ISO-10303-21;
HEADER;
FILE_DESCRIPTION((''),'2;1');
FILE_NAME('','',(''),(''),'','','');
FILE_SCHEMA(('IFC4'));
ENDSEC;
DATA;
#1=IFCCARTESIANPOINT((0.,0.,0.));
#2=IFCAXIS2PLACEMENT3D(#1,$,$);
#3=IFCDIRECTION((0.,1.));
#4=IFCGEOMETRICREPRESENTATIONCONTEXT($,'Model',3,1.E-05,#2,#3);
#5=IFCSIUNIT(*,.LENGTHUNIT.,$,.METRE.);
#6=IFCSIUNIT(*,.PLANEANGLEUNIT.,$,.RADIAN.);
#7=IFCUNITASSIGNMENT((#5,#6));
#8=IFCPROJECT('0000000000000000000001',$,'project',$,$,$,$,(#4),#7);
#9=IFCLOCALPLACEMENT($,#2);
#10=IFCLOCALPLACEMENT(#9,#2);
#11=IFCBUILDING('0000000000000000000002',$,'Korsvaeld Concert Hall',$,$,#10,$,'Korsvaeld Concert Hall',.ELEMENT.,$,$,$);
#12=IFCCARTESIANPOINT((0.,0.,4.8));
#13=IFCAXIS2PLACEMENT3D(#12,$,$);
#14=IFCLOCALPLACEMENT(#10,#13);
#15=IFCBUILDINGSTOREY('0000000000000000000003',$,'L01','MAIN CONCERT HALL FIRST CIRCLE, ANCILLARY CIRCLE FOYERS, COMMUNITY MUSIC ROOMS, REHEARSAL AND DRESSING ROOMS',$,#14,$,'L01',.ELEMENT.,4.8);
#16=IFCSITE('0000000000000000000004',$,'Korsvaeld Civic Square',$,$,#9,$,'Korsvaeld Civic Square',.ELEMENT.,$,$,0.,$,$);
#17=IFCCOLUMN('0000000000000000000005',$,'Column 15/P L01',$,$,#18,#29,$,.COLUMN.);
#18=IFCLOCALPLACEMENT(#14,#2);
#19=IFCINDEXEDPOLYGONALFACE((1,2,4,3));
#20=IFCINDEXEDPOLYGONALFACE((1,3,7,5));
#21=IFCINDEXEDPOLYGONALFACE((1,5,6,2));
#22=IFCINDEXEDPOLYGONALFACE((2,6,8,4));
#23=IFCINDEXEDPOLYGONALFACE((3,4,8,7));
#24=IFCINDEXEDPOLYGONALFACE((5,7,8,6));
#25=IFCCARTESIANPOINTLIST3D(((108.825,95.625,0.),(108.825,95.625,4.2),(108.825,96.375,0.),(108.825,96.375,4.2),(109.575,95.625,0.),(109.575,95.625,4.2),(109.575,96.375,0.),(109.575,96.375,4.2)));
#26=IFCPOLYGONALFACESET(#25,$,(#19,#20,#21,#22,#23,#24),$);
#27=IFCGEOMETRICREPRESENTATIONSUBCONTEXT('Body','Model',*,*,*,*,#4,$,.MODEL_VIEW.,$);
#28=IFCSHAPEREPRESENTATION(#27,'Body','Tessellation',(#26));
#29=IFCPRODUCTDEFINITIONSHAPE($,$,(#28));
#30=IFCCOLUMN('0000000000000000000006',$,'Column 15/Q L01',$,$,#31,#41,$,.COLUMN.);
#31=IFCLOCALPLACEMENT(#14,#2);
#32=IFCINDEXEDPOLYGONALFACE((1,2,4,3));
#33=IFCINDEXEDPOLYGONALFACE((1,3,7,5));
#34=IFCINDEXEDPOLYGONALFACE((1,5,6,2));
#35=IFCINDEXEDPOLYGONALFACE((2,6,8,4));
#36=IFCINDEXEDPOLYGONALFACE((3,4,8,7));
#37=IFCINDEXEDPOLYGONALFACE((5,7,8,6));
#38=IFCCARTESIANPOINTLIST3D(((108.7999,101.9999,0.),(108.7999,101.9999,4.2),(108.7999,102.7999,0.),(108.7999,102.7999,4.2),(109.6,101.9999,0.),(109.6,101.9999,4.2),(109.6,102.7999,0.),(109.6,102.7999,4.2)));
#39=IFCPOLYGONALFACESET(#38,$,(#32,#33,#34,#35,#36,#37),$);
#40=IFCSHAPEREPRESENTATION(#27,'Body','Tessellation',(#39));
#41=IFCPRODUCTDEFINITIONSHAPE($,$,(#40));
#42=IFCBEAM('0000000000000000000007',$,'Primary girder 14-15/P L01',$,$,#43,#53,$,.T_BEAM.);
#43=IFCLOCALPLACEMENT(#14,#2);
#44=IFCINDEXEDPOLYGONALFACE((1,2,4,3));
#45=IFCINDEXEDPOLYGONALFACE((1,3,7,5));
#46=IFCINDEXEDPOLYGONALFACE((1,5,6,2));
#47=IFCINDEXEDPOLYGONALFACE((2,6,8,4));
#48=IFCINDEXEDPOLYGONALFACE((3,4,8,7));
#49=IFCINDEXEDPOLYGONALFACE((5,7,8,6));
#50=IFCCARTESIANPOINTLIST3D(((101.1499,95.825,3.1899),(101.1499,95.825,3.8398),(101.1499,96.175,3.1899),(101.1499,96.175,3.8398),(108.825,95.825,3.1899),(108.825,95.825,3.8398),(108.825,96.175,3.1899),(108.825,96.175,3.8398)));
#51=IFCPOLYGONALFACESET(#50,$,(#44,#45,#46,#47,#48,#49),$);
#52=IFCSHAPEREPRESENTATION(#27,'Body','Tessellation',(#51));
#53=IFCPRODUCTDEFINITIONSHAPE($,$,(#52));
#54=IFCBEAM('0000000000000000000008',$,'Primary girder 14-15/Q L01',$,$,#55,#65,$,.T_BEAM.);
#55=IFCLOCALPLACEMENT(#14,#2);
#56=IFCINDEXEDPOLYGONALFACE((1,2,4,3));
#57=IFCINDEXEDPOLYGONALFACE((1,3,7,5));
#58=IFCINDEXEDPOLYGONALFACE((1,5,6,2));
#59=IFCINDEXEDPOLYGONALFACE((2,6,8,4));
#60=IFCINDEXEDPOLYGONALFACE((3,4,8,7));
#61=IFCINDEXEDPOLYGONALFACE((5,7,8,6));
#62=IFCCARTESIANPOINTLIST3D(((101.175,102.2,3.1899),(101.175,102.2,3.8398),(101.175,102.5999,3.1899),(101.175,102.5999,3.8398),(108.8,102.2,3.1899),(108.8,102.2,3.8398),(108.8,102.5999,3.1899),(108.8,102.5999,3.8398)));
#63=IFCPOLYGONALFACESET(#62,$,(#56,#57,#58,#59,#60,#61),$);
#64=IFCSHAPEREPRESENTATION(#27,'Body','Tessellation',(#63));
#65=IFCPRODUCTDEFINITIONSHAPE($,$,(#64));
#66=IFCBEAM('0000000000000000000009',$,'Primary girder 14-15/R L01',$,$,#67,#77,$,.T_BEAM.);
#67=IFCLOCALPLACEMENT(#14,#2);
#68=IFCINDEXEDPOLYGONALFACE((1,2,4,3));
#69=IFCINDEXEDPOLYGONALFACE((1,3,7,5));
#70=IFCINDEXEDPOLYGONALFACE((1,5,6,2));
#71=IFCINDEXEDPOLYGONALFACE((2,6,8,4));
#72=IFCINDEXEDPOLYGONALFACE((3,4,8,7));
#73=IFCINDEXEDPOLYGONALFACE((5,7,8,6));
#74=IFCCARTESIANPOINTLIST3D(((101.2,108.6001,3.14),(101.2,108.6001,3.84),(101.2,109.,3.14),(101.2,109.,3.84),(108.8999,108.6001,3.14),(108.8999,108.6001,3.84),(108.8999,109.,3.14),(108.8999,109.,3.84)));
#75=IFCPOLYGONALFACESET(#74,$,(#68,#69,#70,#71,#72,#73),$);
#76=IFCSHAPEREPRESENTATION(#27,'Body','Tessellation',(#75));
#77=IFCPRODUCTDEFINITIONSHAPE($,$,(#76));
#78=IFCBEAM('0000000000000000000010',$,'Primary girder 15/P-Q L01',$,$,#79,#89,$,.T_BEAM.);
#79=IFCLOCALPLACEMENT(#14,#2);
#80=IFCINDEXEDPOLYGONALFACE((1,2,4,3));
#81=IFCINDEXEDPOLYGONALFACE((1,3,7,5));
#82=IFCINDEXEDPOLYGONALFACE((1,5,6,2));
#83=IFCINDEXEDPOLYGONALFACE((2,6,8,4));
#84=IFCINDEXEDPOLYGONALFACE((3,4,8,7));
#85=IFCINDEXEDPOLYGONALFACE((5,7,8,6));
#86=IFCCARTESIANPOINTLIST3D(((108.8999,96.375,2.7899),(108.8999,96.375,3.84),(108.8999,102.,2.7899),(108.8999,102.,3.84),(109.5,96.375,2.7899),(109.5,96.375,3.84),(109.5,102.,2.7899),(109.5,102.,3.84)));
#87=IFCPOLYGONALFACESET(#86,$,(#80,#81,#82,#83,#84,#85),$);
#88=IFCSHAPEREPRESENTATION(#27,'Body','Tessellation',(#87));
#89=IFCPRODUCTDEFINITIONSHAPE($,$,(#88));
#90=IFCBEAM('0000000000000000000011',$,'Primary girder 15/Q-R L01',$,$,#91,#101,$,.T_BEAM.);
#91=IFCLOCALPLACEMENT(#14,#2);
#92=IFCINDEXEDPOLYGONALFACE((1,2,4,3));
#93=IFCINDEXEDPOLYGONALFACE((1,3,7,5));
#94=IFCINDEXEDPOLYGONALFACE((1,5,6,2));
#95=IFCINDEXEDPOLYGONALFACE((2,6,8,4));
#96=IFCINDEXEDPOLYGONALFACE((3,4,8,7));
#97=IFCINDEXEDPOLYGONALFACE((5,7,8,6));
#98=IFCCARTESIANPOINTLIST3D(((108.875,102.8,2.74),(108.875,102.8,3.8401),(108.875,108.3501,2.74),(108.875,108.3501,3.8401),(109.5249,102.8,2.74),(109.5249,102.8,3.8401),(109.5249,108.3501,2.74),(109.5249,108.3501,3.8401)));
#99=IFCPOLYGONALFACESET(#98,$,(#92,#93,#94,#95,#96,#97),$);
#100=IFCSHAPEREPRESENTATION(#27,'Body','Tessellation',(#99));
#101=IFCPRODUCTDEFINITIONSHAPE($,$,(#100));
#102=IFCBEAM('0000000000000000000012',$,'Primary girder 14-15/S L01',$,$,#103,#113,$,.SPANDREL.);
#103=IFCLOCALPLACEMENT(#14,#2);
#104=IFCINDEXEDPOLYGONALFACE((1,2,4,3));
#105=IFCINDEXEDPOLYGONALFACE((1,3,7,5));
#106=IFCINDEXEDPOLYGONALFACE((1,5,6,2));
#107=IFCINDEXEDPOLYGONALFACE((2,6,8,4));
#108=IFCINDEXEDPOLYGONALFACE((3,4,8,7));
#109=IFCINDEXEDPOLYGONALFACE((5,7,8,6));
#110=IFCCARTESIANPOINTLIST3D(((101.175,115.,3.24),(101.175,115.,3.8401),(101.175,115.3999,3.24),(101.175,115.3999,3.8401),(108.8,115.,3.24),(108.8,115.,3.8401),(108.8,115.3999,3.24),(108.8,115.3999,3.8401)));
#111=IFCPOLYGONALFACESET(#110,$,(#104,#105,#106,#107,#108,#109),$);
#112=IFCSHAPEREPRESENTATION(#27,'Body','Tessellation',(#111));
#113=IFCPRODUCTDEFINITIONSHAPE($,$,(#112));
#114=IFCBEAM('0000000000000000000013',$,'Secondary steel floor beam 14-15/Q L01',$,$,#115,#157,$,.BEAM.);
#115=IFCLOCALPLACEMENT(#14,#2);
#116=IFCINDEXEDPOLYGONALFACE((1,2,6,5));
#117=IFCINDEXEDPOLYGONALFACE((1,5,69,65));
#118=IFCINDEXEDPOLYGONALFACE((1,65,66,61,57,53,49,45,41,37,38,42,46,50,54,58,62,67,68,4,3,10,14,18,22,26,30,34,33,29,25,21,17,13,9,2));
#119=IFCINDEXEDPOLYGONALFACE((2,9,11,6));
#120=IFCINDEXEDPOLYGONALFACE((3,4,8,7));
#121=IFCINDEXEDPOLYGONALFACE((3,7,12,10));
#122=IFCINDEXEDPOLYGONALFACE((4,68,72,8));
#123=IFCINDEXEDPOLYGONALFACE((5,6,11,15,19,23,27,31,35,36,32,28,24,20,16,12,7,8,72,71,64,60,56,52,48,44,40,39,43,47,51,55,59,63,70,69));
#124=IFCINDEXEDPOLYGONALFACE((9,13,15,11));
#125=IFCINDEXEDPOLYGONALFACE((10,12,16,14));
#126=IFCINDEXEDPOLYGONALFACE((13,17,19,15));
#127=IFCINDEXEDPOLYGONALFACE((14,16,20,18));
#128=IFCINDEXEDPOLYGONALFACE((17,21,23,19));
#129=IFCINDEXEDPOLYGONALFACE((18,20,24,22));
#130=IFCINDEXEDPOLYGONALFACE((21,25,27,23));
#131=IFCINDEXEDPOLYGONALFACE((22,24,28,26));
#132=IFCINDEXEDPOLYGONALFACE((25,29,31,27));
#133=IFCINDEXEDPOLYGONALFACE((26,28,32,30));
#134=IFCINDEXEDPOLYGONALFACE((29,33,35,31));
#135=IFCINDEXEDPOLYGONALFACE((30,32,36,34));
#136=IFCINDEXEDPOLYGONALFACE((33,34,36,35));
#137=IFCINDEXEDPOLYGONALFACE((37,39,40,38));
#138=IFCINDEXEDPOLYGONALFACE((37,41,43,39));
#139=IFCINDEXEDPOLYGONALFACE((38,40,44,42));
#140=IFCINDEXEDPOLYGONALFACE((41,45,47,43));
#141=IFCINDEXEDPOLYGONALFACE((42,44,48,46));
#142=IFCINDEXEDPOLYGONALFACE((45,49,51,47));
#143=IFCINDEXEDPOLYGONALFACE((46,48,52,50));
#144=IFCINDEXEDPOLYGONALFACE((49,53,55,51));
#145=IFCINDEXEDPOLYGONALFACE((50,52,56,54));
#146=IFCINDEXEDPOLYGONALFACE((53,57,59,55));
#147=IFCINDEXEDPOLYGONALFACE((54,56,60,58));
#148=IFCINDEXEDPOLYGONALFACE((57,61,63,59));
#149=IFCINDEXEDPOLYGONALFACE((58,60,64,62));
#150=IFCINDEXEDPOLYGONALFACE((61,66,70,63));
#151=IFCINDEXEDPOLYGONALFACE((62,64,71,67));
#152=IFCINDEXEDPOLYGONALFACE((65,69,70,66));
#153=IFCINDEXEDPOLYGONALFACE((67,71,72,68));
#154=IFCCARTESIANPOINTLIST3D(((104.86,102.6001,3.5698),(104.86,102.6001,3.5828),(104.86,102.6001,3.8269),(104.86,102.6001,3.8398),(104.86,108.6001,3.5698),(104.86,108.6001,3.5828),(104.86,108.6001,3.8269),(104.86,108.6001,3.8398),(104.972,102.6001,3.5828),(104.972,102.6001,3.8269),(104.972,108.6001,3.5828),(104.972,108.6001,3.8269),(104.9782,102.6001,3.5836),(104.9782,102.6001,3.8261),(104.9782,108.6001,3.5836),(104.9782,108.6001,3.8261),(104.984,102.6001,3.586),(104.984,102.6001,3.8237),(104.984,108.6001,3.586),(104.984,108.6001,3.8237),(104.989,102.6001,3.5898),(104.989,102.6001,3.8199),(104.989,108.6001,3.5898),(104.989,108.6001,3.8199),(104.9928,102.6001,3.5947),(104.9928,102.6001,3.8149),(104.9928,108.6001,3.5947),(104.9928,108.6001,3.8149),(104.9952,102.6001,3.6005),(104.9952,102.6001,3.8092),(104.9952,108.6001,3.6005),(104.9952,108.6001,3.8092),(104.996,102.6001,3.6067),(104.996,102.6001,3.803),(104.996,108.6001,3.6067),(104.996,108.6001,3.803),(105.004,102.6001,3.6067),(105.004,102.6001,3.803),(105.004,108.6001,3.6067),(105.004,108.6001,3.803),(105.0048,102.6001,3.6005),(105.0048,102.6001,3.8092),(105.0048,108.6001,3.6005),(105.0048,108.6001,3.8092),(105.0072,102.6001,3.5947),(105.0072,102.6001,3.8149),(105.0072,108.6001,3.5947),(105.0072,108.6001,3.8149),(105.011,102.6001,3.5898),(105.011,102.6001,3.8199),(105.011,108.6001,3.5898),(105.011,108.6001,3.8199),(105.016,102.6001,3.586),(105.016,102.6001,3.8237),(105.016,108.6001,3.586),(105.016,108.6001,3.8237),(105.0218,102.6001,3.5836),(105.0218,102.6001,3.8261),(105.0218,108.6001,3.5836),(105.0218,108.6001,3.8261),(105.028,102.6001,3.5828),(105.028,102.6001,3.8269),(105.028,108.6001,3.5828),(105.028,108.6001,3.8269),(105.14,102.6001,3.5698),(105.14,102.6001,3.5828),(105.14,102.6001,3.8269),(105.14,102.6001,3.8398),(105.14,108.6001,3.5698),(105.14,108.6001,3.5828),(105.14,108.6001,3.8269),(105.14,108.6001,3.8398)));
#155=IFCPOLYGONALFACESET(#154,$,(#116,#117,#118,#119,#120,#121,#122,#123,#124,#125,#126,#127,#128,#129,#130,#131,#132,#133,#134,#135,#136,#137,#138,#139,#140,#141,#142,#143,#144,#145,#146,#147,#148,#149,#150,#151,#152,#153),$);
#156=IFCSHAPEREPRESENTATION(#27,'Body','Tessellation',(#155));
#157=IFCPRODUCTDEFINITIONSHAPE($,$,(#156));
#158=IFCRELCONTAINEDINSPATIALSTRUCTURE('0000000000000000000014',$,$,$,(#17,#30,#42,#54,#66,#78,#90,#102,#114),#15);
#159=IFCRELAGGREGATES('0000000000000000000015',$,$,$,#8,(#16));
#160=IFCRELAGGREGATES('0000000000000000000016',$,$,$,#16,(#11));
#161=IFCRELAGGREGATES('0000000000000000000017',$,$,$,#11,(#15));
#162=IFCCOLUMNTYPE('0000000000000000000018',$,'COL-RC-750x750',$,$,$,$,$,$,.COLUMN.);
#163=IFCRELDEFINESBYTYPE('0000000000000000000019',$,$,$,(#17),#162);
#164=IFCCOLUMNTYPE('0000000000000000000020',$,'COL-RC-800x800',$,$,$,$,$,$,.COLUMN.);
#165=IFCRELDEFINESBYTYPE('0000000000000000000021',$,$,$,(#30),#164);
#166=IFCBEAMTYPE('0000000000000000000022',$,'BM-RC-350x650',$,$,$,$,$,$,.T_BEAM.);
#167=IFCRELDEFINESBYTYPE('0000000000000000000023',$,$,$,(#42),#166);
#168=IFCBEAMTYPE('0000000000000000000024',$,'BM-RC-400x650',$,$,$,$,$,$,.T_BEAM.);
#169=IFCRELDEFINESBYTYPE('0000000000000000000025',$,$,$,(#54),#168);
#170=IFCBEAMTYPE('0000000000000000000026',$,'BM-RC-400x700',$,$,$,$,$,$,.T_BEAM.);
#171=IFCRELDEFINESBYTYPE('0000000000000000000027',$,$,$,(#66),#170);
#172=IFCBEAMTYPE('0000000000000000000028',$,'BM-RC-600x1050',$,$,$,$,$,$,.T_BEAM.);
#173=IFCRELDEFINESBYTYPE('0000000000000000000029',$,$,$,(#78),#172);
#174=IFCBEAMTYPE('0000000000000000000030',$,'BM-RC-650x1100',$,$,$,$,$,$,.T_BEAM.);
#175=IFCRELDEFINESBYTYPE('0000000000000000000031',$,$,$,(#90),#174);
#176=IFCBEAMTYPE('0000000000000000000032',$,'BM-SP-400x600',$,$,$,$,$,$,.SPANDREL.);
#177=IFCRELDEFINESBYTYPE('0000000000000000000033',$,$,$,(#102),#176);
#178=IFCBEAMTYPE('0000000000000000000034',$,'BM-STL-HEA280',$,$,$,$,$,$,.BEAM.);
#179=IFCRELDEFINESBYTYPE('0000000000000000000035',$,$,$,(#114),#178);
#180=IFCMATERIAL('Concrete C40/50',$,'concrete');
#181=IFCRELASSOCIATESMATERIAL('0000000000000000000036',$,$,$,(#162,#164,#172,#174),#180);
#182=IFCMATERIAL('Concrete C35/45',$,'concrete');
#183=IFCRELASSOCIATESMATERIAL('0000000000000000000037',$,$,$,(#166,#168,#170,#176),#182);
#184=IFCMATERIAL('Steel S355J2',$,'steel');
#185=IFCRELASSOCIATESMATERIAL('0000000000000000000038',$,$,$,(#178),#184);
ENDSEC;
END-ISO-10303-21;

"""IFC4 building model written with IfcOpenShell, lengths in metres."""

from ifc_helpers import new_model, si_unit, direction, frame, origin, origin_2d, place, context, subcontext, project, spatial, rectangle, i_section, extrude, material, material_profile, profile_set, type_object, element, save


model = new_model("IFC4")

# Units and contexts
model_context = context("Model", 3, precision=1e-05, world=origin(), true_north=direction((0.0, 1.0)))
body_context = subcontext(model_context, "Body", "Model", "MODEL_VIEW")
ifc_project = project(units=[si_unit("LENGTHUNIT", "METRE"), si_unit("PLANEANGLEUNIT", "RADIAN")], contexts=[model_context])

# Site, building, storey
site_placement = place(None, origin())
site = spatial("IfcSite", under=ifc_project, at=site_placement, Name="Korsvaeld Civic Square", LongName="Korsvaeld Civic Square", CompositionType="ELEMENT", RefElevation=0.0)
building_placement = place(site_placement, origin())
building = spatial("IfcBuilding", under=site, at=building_placement, Name="Korsvaeld Concert Hall", LongName="Korsvaeld Concert Hall", CompositionType="ELEMENT")
storey_placement = place(building_placement, frame((0.0, 0.0, 4.8)))
storey = spatial("IfcBuildingStorey", under=building, at=storey_placement, Name="L01", Description="MAIN CONCERT HALL FIRST CIRCLE, ANCILLARY CIRCLE FOYERS, COMMUNITY MUSIC ROOMS, REHEARSAL AND DRESSING ROOMS", LongName="L01", CompositionType="ELEMENT", Elevation=4.8)

# Columns
ifc_material_1 = material(Name="Concrete C40/50", Category="concrete")
ifc_material_profile_1 = material_profile(ifc_material_1, rectangle(XDim=0.75, YDim=0.75, at=origin_2d()), Name="RC 750x750")
ifc_profile_set_1 = profile_set([ifc_material_profile_1], Name="Concrete C40/50")
column_type_1 = type_object("IfcColumnType", Name="COL-RC-750x750", PredefinedType="COLUMN", material=ifc_profile_set_1)
column_1_placement = place(storey_placement, frame((109.2, 96.0, 0.0), z_axis=(0.0, 0.0, 1.0), x_axis=(1.0, 0.0, 0.0)))
element("IfcColumn", 1, at=column_1_placement, inside=storey, type_object=column_type_1, Name="Column 15/P L01", PredefinedType="COLUMN", context=body_context, shape_type="SweptSolid", body=[
    extrude(rectangle(XDim=0.75, YDim=0.75, at=origin_2d()), origin(), (0.0, 0.0, 1.0), 4.2),
])
ifc_material_profile_2 = material_profile(ifc_material_1, rectangle(XDim=0.8, YDim=0.8, at=origin_2d()), Name="RC 800x800")
ifc_profile_set_2 = profile_set([ifc_material_profile_2], Name="Concrete C40/50")
column_type_2 = type_object("IfcColumnType", Name="COL-RC-800x800", PredefinedType="COLUMN", material=ifc_profile_set_2)
column_2_placement = place(storey_placement, frame((109.2, 102.3999, 0.0), z_axis=(0.0, 0.0, 1.0), x_axis=(1.0, 0.0, 0.0)))
element("IfcColumn", 2, at=column_2_placement, inside=storey, type_object=column_type_2, Name="Column 15/Q L01", PredefinedType="COLUMN", context=body_context, shape_type="SweptSolid", body=[
    extrude(rectangle(XDim=0.8, YDim=0.8, at=origin_2d()), origin(), (0.0, 0.0, 1.0), 4.2),
])

# Beams
ifc_material_2 = material(Name="Concrete C35/45", Category="concrete")
ifc_material_profile_3 = material_profile(ifc_material_2, rectangle(XDim=0.3501, YDim=0.6499, at=origin_2d()), Name="RC 350x650")
ifc_profile_set_3 = profile_set([ifc_material_profile_3], Name="Concrete C35/45")
beam_type_1 = type_object("IfcBeamType", Name="BM-RC-350x650", PredefinedType="T_BEAM", material=ifc_profile_set_3)
beam_1_placement = place(storey_placement, frame((101.1499, 96.0, 3.5149), z_axis=(1.0, 0.0, 0.0), x_axis=(0.0, 1.0, 0.0)))
element("IfcBeam", 3, at=beam_1_placement, inside=storey, type_object=beam_type_1, Name="Primary girder 14-15/P L01", PredefinedType="T_BEAM", context=body_context, shape_type="SweptSolid", body=[
    extrude(rectangle(XDim=0.3501, YDim=0.6499, at=origin_2d()), origin(), (0.0, 0.0, 1.0), 7.675),
])
ifc_material_profile_4 = material_profile(ifc_material_2, rectangle(XDim=0.3999, YDim=0.6499, at=origin_2d()), Name="RC 400x650")
ifc_profile_set_4 = profile_set([ifc_material_profile_4], Name="Concrete C35/45")
beam_type_2 = type_object("IfcBeamType", Name="BM-RC-400x650", PredefinedType="T_BEAM", material=ifc_profile_set_4)
beam_2_placement = place(storey_placement, frame((101.175, 102.3999, 3.5149), z_axis=(1.0, 0.0, 0.0), x_axis=(0.0, 1.0, 0.0)))
element("IfcBeam", 4, at=beam_2_placement, inside=storey, type_object=beam_type_2, Name="Primary girder 14-15/Q L01", PredefinedType="T_BEAM", context=body_context, shape_type="SweptSolid", body=[
    extrude(rectangle(XDim=0.3999, YDim=0.6499, at=origin_2d()), origin(), (0.0, 0.0, 1.0), 7.625),
])
ifc_material_profile_5 = material_profile(ifc_material_2, rectangle(XDim=0.3999, YDim=0.7, at=origin_2d()), Name="RC 400x700")
ifc_profile_set_5 = profile_set([ifc_material_profile_5], Name="Concrete C35/45")
beam_type_3 = type_object("IfcBeamType", Name="BM-RC-400x700", PredefinedType="T_BEAM", material=ifc_profile_set_5)
beam_3_placement = place(storey_placement, frame((101.2, 108.8, 3.49), z_axis=(1.0, 0.0, 0.0), x_axis=(0.0, 1.0, 0.0)))
element("IfcBeam", 5, at=beam_3_placement, inside=storey, type_object=beam_type_3, Name="Primary girder 14-15/R L01", PredefinedType="T_BEAM", context=body_context, shape_type="SweptSolid", body=[
    extrude(rectangle(XDim=0.3999, YDim=0.7, at=origin_2d()), origin(), (0.0, 0.0, 1.0), 7.7),
])
ifc_material_profile_6 = material_profile(ifc_material_1, rectangle(XDim=0.6001, YDim=1.05, at=origin_2d()), Name="RC 600x1050")
ifc_profile_set_6 = profile_set([ifc_material_profile_6], Name="Concrete C40/50")
beam_type_4 = type_object("IfcBeamType", Name="BM-RC-600x1050", PredefinedType="T_BEAM", material=ifc_profile_set_6)
beam_4_placement = place(storey_placement, frame((109.2, 96.375, 3.3149), z_axis=(0.0, 1.0, 0.0), x_axis=(-1.0, 0.0, 0.0)))
element("IfcBeam", 6, at=beam_4_placement, inside=storey, type_object=beam_type_4, Name="Primary girder 15/P-Q L01", PredefinedType="T_BEAM", context=body_context, shape_type="SweptSolid", body=[
    extrude(rectangle(XDim=0.6001, YDim=1.05, at=origin_2d()), origin(), (0.0, 0.0, 1.0), 5.625),
])
ifc_material_profile_7 = material_profile(ifc_material_1, rectangle(XDim=0.6499, YDim=1.1001, at=origin_2d()), Name="RC 650x1100")
ifc_profile_set_7 = profile_set([ifc_material_profile_7], Name="Concrete C40/50")
beam_type_5 = type_object("IfcBeamType", Name="BM-RC-650x1100", PredefinedType="T_BEAM", material=ifc_profile_set_7)
beam_5_placement = place(storey_placement, frame((109.2, 102.8, 3.29), z_axis=(0.0, 1.0, 0.0), x_axis=(-1.0, 0.0, 0.0)))
element("IfcBeam", 7, at=beam_5_placement, inside=storey, type_object=beam_type_5, Name="Primary girder 15/Q-R L01", PredefinedType="T_BEAM", context=body_context, shape_type="SweptSolid", body=[
    extrude(rectangle(XDim=0.6499, YDim=1.1001, at=origin_2d()), origin(), (0.0, 0.0, 1.0), 5.55),
])
ifc_material_profile_8 = material_profile(ifc_material_2, rectangle(XDim=0.3999, YDim=0.6001, at=origin_2d()), Name="RC 400x600")
ifc_profile_set_8 = profile_set([ifc_material_profile_8], Name="Concrete C35/45")
beam_type_6 = type_object("IfcBeamType", Name="BM-SP-400x600", PredefinedType="SPANDREL", material=ifc_profile_set_8)
beam_6_placement = place(storey_placement, frame((101.175, 115.2, 3.54), z_axis=(1.0, 0.0, 0.0), x_axis=(0.0, 1.0, 0.0)))
element("IfcBeam", 8, at=beam_6_placement, inside=storey, type_object=beam_type_6, Name="Primary girder 14-15/S L01", PredefinedType="SPANDREL", context=body_context, shape_type="SweptSolid", body=[
    extrude(rectangle(XDim=0.3999, YDim=0.6001, at=origin_2d()), origin(), (0.0, 0.0, 1.0), 7.625),
])
ifc_material_3 = material(Name="Steel S355J2", Category="steel")
ifc_material_profile_9 = material_profile(ifc_material_3, i_section(OverallWidth=0.28, OverallDepth=0.27, WebThickness=0.0081, FlangeThickness=0.0129, FilletRadius=0.0239, at=origin_2d()), Name="HEA 280")
ifc_profile_set_9 = profile_set([ifc_material_profile_9], Name="Steel S355J2")
beam_type_7 = type_object("IfcBeamType", Name="BM-STL-HEA280", PredefinedType="BEAM", material=ifc_profile_set_9)
beam_7_placement = place(storey_placement, frame((105.0, 102.6001, 3.7048), z_axis=(0.0, 1.0, 0.0), x_axis=(-1.0, 0.0, 0.0)))
element("IfcBeam", 9, at=beam_7_placement, inside=storey, type_object=beam_type_7, Name="Secondary steel floor beam 14-15/Q L01", PredefinedType="BEAM", context=body_context, shape_type="SweptSolid", body=[
    extrude(i_section(OverallWidth=0.28, OverallDepth=0.27, WebThickness=0.0081, FlangeThickness=0.0129, FilletRadius=0.0239, at=origin_2d()), origin(), (0.0, 0.0, 1.0), 6.0),
])

save(model, "model.ifc")
